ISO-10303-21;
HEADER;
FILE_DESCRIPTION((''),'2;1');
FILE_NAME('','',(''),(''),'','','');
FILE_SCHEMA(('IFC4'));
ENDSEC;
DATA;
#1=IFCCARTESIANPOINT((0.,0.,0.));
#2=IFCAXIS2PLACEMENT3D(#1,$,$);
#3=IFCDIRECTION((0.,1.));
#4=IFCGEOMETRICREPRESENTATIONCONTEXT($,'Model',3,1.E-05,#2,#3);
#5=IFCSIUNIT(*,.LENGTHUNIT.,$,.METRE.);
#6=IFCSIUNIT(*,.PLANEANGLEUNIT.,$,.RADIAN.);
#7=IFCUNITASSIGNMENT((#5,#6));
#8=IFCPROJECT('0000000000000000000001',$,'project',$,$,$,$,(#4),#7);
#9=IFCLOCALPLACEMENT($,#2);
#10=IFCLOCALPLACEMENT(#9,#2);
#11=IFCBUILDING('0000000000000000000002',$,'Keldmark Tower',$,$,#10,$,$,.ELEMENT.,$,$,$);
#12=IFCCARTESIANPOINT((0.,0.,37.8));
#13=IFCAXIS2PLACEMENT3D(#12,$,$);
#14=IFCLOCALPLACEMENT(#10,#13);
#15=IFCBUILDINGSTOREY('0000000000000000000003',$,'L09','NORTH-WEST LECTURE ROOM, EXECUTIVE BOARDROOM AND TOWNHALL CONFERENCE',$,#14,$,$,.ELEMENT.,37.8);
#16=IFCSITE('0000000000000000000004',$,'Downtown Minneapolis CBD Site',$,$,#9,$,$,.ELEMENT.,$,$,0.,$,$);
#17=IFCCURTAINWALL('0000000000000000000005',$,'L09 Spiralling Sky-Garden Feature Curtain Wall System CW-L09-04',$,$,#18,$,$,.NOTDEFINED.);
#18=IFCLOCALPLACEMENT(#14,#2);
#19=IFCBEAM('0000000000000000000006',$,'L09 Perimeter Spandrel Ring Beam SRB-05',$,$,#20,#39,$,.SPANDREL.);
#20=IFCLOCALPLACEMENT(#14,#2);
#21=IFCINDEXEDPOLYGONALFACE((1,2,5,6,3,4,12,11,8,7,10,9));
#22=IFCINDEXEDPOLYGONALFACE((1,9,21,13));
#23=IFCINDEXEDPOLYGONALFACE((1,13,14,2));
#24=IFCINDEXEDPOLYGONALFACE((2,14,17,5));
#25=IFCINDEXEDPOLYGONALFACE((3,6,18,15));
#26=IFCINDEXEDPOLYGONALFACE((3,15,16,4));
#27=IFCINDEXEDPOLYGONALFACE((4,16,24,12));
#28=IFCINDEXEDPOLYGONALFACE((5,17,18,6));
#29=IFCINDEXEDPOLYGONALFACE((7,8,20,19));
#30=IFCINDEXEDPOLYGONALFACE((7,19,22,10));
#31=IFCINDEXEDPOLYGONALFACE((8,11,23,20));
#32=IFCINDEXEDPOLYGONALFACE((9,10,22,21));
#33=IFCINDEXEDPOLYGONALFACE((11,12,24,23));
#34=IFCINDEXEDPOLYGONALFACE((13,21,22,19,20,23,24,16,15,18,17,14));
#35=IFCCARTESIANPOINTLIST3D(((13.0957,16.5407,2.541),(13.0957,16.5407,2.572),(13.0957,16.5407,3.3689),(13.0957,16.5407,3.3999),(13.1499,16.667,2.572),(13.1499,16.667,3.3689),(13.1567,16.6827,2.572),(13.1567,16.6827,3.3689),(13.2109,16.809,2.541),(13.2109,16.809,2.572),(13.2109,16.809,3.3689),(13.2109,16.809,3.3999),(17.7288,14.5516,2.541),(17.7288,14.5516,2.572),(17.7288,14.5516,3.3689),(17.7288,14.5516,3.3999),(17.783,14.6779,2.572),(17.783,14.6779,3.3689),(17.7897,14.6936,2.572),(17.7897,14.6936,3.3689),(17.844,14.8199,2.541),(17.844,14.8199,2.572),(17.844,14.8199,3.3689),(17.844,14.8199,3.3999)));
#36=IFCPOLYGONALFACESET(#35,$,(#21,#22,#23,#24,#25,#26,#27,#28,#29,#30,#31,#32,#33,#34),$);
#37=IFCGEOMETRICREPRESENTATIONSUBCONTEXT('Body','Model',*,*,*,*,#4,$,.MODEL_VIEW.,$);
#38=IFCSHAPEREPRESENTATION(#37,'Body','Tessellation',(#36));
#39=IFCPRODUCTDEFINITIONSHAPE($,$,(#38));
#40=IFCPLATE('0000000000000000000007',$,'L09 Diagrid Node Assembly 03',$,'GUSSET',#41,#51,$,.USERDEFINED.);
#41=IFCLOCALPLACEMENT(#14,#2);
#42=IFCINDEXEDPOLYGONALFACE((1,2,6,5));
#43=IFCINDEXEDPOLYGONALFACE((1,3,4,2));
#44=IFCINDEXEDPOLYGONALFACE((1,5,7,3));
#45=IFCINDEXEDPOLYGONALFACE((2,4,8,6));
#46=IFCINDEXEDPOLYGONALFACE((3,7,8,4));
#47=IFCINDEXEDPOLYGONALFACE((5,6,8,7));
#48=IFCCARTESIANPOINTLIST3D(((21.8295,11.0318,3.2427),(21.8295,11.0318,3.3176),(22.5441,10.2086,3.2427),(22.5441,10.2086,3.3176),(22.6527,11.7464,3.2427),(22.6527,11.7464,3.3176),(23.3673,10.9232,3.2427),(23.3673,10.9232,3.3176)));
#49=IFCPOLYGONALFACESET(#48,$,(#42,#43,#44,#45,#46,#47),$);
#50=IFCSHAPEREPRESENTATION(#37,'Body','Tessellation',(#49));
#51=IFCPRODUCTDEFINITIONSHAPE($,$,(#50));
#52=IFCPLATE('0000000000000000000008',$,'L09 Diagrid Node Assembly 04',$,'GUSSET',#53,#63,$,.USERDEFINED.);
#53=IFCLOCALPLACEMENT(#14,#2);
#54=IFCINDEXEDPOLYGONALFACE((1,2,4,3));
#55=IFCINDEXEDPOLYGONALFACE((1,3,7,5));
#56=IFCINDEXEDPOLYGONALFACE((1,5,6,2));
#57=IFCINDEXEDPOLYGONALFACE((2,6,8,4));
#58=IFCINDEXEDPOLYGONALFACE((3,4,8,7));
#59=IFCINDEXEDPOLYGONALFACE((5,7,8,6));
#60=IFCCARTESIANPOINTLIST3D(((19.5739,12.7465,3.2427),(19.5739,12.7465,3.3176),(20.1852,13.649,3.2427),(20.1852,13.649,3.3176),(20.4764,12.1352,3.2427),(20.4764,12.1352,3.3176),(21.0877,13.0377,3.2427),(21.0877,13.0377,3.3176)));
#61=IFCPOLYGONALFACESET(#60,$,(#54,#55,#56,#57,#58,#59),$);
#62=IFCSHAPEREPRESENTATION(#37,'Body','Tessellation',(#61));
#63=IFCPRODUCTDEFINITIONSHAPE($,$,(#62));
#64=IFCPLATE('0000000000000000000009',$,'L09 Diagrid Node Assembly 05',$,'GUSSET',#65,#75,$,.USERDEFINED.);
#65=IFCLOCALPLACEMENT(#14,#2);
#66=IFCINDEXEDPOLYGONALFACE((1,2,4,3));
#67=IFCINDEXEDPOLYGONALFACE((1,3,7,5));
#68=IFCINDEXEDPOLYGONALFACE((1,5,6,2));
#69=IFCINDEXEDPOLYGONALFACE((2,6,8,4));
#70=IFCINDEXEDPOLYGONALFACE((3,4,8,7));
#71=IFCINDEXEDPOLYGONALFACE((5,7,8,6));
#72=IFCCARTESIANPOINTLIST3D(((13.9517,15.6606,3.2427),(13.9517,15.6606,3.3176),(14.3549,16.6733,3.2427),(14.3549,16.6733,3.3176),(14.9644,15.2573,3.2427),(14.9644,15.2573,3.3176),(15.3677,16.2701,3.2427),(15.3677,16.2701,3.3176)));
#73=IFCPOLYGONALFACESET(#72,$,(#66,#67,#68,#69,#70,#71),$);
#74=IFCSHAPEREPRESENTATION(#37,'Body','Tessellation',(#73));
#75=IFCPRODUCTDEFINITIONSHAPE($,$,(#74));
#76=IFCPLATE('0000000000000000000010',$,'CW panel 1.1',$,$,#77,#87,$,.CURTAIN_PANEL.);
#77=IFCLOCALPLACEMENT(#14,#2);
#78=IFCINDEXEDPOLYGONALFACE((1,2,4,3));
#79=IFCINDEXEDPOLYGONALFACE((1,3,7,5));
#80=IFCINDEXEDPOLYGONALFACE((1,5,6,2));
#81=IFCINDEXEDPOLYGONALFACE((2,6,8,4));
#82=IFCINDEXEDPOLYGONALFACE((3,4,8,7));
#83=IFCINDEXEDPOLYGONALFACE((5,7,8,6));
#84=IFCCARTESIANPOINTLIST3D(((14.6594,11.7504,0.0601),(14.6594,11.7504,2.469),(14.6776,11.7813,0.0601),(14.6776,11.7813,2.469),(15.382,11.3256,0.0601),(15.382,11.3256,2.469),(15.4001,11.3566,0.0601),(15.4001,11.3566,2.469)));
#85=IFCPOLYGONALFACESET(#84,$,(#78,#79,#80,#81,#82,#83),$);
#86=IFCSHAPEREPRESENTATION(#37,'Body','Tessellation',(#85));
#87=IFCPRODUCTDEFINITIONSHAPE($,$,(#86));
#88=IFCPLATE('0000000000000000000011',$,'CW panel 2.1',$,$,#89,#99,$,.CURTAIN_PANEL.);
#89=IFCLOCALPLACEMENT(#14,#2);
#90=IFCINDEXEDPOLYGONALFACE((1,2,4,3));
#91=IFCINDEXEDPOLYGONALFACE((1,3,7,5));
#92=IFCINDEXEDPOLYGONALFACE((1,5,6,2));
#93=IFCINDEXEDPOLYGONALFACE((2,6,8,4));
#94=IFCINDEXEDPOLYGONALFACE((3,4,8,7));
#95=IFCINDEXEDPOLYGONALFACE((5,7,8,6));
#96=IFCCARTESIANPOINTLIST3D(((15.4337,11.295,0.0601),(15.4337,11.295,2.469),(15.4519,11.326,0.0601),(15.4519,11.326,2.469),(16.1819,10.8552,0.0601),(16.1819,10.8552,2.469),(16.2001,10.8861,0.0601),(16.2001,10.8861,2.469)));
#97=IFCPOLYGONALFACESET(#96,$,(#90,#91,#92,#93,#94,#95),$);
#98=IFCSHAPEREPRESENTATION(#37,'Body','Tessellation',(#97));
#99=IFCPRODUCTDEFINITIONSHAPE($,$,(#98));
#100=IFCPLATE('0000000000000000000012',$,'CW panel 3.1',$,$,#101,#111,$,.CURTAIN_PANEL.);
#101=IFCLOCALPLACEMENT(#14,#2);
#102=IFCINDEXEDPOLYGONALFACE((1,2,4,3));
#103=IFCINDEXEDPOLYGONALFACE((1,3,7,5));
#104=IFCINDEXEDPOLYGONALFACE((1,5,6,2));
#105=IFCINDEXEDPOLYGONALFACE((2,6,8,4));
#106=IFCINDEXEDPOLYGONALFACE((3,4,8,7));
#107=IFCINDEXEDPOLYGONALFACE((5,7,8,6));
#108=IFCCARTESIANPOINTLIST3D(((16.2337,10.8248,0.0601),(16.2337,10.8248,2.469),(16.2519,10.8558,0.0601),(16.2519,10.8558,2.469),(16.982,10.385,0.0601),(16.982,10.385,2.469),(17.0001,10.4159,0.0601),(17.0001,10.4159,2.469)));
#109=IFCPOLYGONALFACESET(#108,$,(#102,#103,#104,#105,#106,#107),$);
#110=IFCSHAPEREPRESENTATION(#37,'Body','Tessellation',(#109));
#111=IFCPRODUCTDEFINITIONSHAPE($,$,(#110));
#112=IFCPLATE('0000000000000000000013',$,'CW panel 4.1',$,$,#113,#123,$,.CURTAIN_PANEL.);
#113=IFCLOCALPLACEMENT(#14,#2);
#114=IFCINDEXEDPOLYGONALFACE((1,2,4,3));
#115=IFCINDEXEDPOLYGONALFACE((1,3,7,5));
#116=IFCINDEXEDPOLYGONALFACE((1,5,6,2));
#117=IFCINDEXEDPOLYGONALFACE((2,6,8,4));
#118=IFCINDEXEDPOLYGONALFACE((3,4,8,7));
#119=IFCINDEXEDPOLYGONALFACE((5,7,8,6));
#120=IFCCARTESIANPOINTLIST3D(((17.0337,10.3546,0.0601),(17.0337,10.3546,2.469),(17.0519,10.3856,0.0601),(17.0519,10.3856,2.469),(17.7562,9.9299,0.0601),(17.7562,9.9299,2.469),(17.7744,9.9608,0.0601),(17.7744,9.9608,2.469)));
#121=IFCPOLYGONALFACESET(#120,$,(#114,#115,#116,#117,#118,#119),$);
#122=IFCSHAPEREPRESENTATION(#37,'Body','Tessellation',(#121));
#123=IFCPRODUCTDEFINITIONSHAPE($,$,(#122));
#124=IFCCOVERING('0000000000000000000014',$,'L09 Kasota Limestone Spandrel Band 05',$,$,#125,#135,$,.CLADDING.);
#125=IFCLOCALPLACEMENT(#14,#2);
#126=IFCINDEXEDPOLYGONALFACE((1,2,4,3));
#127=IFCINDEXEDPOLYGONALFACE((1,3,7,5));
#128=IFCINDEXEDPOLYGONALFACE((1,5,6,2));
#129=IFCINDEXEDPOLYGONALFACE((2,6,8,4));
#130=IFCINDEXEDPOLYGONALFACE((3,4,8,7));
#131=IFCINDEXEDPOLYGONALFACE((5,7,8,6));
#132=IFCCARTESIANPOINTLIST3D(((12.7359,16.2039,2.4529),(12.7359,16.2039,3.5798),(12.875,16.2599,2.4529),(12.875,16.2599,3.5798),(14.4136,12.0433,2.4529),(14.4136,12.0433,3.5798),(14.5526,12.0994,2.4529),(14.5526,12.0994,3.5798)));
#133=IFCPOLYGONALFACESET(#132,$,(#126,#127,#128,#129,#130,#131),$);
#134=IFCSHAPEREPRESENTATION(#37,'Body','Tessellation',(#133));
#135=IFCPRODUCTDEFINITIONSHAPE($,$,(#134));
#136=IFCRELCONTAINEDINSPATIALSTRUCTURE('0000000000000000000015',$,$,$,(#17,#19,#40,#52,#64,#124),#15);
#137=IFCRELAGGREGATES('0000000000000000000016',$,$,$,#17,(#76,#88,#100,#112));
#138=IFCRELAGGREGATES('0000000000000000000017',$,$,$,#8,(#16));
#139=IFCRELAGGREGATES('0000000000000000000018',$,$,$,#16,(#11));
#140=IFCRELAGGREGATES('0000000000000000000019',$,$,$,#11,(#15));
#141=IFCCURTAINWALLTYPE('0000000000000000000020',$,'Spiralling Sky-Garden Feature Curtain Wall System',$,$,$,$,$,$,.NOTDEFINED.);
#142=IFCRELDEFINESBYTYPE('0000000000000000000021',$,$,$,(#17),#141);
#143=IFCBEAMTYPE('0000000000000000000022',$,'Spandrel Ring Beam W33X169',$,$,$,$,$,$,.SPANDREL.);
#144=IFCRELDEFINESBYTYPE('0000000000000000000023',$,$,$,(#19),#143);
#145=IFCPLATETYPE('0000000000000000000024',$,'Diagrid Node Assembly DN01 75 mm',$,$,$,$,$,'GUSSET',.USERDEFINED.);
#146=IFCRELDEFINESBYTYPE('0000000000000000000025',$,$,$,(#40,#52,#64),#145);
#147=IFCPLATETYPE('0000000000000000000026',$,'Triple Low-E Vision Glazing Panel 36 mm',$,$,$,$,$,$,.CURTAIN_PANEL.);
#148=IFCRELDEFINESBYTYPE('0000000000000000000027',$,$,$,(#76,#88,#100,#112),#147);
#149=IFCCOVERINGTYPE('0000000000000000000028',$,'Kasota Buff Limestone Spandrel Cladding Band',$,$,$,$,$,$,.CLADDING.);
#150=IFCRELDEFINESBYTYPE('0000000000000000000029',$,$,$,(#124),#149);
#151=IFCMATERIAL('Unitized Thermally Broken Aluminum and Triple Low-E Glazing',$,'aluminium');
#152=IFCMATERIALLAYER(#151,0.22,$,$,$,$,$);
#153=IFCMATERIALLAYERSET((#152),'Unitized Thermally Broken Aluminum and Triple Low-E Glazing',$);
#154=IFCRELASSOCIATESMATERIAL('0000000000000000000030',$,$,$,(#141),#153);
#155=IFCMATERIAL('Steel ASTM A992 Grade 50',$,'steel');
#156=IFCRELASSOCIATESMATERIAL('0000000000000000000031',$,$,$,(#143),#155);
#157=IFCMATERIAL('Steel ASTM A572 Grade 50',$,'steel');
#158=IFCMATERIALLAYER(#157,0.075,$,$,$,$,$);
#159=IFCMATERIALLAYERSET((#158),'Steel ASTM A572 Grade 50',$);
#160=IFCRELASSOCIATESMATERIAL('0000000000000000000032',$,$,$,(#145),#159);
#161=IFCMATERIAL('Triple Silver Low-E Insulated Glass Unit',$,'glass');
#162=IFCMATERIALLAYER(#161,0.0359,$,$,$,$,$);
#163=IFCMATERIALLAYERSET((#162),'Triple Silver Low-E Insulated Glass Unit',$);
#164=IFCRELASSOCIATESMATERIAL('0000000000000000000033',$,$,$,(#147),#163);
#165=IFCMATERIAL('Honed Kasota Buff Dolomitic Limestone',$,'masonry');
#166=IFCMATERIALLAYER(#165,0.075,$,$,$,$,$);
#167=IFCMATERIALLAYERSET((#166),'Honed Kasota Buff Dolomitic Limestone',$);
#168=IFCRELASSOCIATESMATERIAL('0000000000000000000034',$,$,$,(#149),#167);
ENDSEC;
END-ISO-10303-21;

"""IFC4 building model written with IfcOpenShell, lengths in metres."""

from ifc_helpers import new_model, si_unit, direction, frame, origin, origin_2d, place, context, subcontext, project, spatial, rectangle, i_section, extrude, material, layer, layer_set, material_profile, profile_set, type_object, element, aggregate, save


model = new_model("IFC4")

# Units and contexts
model_context = context("Model", 3, precision=1e-05, world=origin(), true_north=direction((0.0, 1.0)))
body_context = subcontext(model_context, "Body", "Model", "MODEL_VIEW")
ifc_project = project(units=[si_unit("LENGTHUNIT", "METRE"), si_unit("PLANEANGLEUNIT", "RADIAN")], contexts=[model_context])

# Site, building, storey
site_placement = place(None, origin())
site = spatial("IfcSite", under=ifc_project, at=site_placement, Name="Downtown Minneapolis CBD Site", CompositionType="ELEMENT", RefElevation=0.0)
building_placement = place(site_placement, origin())
building = spatial("IfcBuilding", under=site, at=building_placement, Name="Keldmark Tower", CompositionType="ELEMENT")
storey_placement = place(building_placement, frame((0.0, 0.0, 37.8)))
storey = spatial("IfcBuildingStorey", under=building, at=storey_placement, Name="L09", Description="NORTH-WEST LECTURE ROOM, EXECUTIVE BOARDROOM AND TOWNHALL CONFERENCE", CompositionType="ELEMENT", Elevation=37.8)

# Curtain wall
ifc_material_1 = material(Name="Unitized Thermally Broken Aluminum and Triple Low-E Glazing", Category="aluminium")
ifc_layer_1 = layer(ifc_material_1, 0.22)
ifc_layer_set_1 = layer_set([ifc_layer_1], Name="Unitized Thermally Broken Aluminum and Triple Low-E Glazing")
curtain_wall_type = type_object("IfcCurtainWallType", Name="Spiralling Sky-Garden Feature Curtain Wall System", PredefinedType="NOTDEFINED", material=ifc_layer_set_1)
curtain_wall_placement = place(storey_placement, origin())
curtain_wall = element("IfcCurtainWall", 1, at=curtain_wall_placement, inside=storey, type_object=curtain_wall_type, Name="L09 Spiralling Sky-Garden Feature Curtain Wall System CW-L09-04", PredefinedType="NOTDEFINED")

# Beam
ifc_material_2 = material(Name="Steel ASTM A992 Grade 50", Category="steel")
ifc_material_profile_1 = material_profile(ifc_material_2, i_section(OverallWidth=0.292, OverallDepth=0.8589, WebThickness=0.0171, FlangeThickness=0.031, at=origin_2d()), Name="W33X169")
ifc_profile_set_1 = profile_set([ifc_material_profile_1], Name="Steel ASTM A992 Grade 50")
beam_type_1 = type_object("IfcBeamType", Name="Spandrel Ring Beam W33X169", PredefinedType="SPANDREL", material=ifc_profile_set_1)
beam_1_placement = place(storey_placement, frame((17.7864, 14.6858, 2.9705), z_axis=(-0.918899, 0.394492, 0.0), x_axis=(-0.394492, -0.918899, 0.0)))
element("IfcBeam", 2, at=beam_1_placement, inside=storey, type_object=beam_type_1, Name="L09 Perimeter Spandrel Ring Beam SRB-05", PredefinedType="SPANDREL", context=body_context, shape_type="SweptSolid", body=[
    extrude(i_section(OverallWidth=0.292, OverallDepth=0.8589, WebThickness=0.0171, FlangeThickness=0.031, at=origin_2d()), origin(), (0.0, 0.0, 1.0), 5.042),
])

# Plates
ifc_material_3 = material(Name="Steel ASTM A572 Grade 50", Category="steel")
ifc_layer_2 = layer(ifc_material_3, 0.075)
ifc_layer_set_2 = layer_set([ifc_layer_2], Name="Steel ASTM A572 Grade 50")
plate_type_1 = type_object("IfcPlateType", Name="Diagrid Node Assembly DN01 75 mm", ElementType="GUSSET", PredefinedType="USERDEFINED", material=ifc_layer_set_2)
for number, where, z_axis, x_axis, name in (
    (3, (22.5984, 10.9775, 3.2427), (0.0, 0.0, 1.0), (-0.655532, 0.755167, 0.0), "L09 Diagrid Node Assembly 03"),
    (4, (20.3308, 12.8921, 3.2427), (0.0, 0.0, 1.0), (-0.827962, 0.560784, 0.0), "L09 Diagrid Node Assembly 04"),
    (5, (14.6597, 15.9653, 3.2427), (0.0, 0.0, 1.0), (-0.929068, 0.369909, 0.0), "L09 Diagrid Node Assembly 05"),
):
    element("IfcPlate", number, at=place(storey_placement, frame(where, z_axis=z_axis, x_axis=x_axis)), inside=storey, type_object=plate_type_1, Name=name, ObjectType="GUSSET", PredefinedType="USERDEFINED", context=body_context, shape_type="SweptSolid", body=[
        extrude(rectangle(XDim=1.0901, YDim=1.0901, at=origin_2d()), origin(), (0.0, 0.0, 1.0), 0.075),
    ])

# Plates
ifc_material_4 = material(Name="Triple Silver Low-E Insulated Glass Unit", Category="glass")
ifc_layer_3 = layer(ifc_material_4, 0.0359)
ifc_layer_set_3 = layer_set([ifc_layer_3], Name="Triple Silver Low-E Insulated Glass Unit")
plate_type_2 = type_object("IfcPlateType", Name="Triple Low-E Vision Glazing Panel 36 mm", PredefinedType="CURTAIN_PANEL", material=ifc_layer_set_3)
plate_1_placement = place(storey_placement, frame((15.0298, 11.5535, 0.0601), z_axis=(0.0, 0.0, 1.0), x_axis=(0.862077, -0.506778, 0.0)))
plate_1 = element("IfcPlate", 6, at=plate_1_placement, type_object=plate_type_2, Name="CW panel 1.1", PredefinedType="CURTAIN_PANEL", context=body_context, shape_type="SweptSolid", body=[
    extrude(rectangle(XDim=0.8381, YDim=0.0359, at=origin_2d()), origin(), (0.0, 0.0, 1.0), 2.4089),
])
plate_2_placement = place(storey_placement, frame((15.8169, 11.0906, 0.0601), z_axis=(0.0, 0.0, 1.0), x_axis=(0.862077, -0.506778, 0.0)))
plate_2 = element("IfcPlate", 7, at=plate_2_placement, type_object=plate_type_2, Name="CW panel 2.1", PredefinedType="CURTAIN_PANEL", context=body_context, shape_type="SweptSolid", body=[
    extrude(rectangle(XDim=0.8679, YDim=0.0359, at=origin_2d()), origin(), (0.0, 0.0, 1.0), 2.4089),
])
plate_3_placement = place(storey_placement, frame((16.6169, 10.6204, 0.0601), z_axis=(0.0, 0.0, 1.0), x_axis=(0.862077, -0.506778, 0.0)))
plate_3 = element("IfcPlate", 8, at=plate_3_placement, type_object=plate_type_2, Name="CW panel 3.1", PredefinedType="CURTAIN_PANEL", context=body_context, shape_type="SweptSolid", body=[
    extrude(rectangle(XDim=0.8679, YDim=0.0359, at=origin_2d()), origin(), (0.0, 0.0, 1.0), 2.4089),
])
plate_4_placement = place(storey_placement, frame((17.4041, 10.1577, 0.0601), z_axis=(0.0, 0.0, 1.0), x_axis=(0.862077, -0.506778, 0.0)))
plate_4 = element("IfcPlate", 9, at=plate_4_placement, type_object=plate_type_2, Name="CW panel 4.1", PredefinedType="CURTAIN_PANEL", context=body_context, shape_type="SweptSolid", body=[
    extrude(rectangle(XDim=0.8381, YDim=0.0359, at=origin_2d()), origin(), (0.0, 0.0, 1.0), 2.4089),
])
aggregate(curtain_wall, [plate_1, plate_2, plate_3, plate_4])

# Covering
ifc_material_5 = material(Name="Honed Kasota Buff Dolomitic Limestone", Category="masonry")
ifc_layer_4 = layer(ifc_material_5, 0.075)
ifc_layer_set_4 = layer_set([ifc_layer_4], Name="Honed Kasota Buff Dolomitic Limestone")
covering_type = type_object("IfcCoveringType", Name="Kasota Buff Limestone Spandrel Cladding Band", PredefinedType="CLADDING", material=ifc_layer_set_4)
covering_placement = place(storey_placement, frame((13.6443, 14.1516, 2.4529), z_axis=(0.0, 0.0, 1.0), x_axis=(-0.373975, 0.927439, 0.0)))
element("IfcCovering", 10, at=covering_placement, inside=storey, type_object=covering_type, Name="L09 Kasota Limestone Spandrel Band 05", PredefinedType="CLADDING", context=body_context, shape_type="SweptSolid", body=[
    extrude(rectangle(XDim=4.4861, YDim=0.1499, at=origin_2d()), origin(), (0.0, 0.0, 1.0), 1.127),
])

save(model, "model.ifc")
